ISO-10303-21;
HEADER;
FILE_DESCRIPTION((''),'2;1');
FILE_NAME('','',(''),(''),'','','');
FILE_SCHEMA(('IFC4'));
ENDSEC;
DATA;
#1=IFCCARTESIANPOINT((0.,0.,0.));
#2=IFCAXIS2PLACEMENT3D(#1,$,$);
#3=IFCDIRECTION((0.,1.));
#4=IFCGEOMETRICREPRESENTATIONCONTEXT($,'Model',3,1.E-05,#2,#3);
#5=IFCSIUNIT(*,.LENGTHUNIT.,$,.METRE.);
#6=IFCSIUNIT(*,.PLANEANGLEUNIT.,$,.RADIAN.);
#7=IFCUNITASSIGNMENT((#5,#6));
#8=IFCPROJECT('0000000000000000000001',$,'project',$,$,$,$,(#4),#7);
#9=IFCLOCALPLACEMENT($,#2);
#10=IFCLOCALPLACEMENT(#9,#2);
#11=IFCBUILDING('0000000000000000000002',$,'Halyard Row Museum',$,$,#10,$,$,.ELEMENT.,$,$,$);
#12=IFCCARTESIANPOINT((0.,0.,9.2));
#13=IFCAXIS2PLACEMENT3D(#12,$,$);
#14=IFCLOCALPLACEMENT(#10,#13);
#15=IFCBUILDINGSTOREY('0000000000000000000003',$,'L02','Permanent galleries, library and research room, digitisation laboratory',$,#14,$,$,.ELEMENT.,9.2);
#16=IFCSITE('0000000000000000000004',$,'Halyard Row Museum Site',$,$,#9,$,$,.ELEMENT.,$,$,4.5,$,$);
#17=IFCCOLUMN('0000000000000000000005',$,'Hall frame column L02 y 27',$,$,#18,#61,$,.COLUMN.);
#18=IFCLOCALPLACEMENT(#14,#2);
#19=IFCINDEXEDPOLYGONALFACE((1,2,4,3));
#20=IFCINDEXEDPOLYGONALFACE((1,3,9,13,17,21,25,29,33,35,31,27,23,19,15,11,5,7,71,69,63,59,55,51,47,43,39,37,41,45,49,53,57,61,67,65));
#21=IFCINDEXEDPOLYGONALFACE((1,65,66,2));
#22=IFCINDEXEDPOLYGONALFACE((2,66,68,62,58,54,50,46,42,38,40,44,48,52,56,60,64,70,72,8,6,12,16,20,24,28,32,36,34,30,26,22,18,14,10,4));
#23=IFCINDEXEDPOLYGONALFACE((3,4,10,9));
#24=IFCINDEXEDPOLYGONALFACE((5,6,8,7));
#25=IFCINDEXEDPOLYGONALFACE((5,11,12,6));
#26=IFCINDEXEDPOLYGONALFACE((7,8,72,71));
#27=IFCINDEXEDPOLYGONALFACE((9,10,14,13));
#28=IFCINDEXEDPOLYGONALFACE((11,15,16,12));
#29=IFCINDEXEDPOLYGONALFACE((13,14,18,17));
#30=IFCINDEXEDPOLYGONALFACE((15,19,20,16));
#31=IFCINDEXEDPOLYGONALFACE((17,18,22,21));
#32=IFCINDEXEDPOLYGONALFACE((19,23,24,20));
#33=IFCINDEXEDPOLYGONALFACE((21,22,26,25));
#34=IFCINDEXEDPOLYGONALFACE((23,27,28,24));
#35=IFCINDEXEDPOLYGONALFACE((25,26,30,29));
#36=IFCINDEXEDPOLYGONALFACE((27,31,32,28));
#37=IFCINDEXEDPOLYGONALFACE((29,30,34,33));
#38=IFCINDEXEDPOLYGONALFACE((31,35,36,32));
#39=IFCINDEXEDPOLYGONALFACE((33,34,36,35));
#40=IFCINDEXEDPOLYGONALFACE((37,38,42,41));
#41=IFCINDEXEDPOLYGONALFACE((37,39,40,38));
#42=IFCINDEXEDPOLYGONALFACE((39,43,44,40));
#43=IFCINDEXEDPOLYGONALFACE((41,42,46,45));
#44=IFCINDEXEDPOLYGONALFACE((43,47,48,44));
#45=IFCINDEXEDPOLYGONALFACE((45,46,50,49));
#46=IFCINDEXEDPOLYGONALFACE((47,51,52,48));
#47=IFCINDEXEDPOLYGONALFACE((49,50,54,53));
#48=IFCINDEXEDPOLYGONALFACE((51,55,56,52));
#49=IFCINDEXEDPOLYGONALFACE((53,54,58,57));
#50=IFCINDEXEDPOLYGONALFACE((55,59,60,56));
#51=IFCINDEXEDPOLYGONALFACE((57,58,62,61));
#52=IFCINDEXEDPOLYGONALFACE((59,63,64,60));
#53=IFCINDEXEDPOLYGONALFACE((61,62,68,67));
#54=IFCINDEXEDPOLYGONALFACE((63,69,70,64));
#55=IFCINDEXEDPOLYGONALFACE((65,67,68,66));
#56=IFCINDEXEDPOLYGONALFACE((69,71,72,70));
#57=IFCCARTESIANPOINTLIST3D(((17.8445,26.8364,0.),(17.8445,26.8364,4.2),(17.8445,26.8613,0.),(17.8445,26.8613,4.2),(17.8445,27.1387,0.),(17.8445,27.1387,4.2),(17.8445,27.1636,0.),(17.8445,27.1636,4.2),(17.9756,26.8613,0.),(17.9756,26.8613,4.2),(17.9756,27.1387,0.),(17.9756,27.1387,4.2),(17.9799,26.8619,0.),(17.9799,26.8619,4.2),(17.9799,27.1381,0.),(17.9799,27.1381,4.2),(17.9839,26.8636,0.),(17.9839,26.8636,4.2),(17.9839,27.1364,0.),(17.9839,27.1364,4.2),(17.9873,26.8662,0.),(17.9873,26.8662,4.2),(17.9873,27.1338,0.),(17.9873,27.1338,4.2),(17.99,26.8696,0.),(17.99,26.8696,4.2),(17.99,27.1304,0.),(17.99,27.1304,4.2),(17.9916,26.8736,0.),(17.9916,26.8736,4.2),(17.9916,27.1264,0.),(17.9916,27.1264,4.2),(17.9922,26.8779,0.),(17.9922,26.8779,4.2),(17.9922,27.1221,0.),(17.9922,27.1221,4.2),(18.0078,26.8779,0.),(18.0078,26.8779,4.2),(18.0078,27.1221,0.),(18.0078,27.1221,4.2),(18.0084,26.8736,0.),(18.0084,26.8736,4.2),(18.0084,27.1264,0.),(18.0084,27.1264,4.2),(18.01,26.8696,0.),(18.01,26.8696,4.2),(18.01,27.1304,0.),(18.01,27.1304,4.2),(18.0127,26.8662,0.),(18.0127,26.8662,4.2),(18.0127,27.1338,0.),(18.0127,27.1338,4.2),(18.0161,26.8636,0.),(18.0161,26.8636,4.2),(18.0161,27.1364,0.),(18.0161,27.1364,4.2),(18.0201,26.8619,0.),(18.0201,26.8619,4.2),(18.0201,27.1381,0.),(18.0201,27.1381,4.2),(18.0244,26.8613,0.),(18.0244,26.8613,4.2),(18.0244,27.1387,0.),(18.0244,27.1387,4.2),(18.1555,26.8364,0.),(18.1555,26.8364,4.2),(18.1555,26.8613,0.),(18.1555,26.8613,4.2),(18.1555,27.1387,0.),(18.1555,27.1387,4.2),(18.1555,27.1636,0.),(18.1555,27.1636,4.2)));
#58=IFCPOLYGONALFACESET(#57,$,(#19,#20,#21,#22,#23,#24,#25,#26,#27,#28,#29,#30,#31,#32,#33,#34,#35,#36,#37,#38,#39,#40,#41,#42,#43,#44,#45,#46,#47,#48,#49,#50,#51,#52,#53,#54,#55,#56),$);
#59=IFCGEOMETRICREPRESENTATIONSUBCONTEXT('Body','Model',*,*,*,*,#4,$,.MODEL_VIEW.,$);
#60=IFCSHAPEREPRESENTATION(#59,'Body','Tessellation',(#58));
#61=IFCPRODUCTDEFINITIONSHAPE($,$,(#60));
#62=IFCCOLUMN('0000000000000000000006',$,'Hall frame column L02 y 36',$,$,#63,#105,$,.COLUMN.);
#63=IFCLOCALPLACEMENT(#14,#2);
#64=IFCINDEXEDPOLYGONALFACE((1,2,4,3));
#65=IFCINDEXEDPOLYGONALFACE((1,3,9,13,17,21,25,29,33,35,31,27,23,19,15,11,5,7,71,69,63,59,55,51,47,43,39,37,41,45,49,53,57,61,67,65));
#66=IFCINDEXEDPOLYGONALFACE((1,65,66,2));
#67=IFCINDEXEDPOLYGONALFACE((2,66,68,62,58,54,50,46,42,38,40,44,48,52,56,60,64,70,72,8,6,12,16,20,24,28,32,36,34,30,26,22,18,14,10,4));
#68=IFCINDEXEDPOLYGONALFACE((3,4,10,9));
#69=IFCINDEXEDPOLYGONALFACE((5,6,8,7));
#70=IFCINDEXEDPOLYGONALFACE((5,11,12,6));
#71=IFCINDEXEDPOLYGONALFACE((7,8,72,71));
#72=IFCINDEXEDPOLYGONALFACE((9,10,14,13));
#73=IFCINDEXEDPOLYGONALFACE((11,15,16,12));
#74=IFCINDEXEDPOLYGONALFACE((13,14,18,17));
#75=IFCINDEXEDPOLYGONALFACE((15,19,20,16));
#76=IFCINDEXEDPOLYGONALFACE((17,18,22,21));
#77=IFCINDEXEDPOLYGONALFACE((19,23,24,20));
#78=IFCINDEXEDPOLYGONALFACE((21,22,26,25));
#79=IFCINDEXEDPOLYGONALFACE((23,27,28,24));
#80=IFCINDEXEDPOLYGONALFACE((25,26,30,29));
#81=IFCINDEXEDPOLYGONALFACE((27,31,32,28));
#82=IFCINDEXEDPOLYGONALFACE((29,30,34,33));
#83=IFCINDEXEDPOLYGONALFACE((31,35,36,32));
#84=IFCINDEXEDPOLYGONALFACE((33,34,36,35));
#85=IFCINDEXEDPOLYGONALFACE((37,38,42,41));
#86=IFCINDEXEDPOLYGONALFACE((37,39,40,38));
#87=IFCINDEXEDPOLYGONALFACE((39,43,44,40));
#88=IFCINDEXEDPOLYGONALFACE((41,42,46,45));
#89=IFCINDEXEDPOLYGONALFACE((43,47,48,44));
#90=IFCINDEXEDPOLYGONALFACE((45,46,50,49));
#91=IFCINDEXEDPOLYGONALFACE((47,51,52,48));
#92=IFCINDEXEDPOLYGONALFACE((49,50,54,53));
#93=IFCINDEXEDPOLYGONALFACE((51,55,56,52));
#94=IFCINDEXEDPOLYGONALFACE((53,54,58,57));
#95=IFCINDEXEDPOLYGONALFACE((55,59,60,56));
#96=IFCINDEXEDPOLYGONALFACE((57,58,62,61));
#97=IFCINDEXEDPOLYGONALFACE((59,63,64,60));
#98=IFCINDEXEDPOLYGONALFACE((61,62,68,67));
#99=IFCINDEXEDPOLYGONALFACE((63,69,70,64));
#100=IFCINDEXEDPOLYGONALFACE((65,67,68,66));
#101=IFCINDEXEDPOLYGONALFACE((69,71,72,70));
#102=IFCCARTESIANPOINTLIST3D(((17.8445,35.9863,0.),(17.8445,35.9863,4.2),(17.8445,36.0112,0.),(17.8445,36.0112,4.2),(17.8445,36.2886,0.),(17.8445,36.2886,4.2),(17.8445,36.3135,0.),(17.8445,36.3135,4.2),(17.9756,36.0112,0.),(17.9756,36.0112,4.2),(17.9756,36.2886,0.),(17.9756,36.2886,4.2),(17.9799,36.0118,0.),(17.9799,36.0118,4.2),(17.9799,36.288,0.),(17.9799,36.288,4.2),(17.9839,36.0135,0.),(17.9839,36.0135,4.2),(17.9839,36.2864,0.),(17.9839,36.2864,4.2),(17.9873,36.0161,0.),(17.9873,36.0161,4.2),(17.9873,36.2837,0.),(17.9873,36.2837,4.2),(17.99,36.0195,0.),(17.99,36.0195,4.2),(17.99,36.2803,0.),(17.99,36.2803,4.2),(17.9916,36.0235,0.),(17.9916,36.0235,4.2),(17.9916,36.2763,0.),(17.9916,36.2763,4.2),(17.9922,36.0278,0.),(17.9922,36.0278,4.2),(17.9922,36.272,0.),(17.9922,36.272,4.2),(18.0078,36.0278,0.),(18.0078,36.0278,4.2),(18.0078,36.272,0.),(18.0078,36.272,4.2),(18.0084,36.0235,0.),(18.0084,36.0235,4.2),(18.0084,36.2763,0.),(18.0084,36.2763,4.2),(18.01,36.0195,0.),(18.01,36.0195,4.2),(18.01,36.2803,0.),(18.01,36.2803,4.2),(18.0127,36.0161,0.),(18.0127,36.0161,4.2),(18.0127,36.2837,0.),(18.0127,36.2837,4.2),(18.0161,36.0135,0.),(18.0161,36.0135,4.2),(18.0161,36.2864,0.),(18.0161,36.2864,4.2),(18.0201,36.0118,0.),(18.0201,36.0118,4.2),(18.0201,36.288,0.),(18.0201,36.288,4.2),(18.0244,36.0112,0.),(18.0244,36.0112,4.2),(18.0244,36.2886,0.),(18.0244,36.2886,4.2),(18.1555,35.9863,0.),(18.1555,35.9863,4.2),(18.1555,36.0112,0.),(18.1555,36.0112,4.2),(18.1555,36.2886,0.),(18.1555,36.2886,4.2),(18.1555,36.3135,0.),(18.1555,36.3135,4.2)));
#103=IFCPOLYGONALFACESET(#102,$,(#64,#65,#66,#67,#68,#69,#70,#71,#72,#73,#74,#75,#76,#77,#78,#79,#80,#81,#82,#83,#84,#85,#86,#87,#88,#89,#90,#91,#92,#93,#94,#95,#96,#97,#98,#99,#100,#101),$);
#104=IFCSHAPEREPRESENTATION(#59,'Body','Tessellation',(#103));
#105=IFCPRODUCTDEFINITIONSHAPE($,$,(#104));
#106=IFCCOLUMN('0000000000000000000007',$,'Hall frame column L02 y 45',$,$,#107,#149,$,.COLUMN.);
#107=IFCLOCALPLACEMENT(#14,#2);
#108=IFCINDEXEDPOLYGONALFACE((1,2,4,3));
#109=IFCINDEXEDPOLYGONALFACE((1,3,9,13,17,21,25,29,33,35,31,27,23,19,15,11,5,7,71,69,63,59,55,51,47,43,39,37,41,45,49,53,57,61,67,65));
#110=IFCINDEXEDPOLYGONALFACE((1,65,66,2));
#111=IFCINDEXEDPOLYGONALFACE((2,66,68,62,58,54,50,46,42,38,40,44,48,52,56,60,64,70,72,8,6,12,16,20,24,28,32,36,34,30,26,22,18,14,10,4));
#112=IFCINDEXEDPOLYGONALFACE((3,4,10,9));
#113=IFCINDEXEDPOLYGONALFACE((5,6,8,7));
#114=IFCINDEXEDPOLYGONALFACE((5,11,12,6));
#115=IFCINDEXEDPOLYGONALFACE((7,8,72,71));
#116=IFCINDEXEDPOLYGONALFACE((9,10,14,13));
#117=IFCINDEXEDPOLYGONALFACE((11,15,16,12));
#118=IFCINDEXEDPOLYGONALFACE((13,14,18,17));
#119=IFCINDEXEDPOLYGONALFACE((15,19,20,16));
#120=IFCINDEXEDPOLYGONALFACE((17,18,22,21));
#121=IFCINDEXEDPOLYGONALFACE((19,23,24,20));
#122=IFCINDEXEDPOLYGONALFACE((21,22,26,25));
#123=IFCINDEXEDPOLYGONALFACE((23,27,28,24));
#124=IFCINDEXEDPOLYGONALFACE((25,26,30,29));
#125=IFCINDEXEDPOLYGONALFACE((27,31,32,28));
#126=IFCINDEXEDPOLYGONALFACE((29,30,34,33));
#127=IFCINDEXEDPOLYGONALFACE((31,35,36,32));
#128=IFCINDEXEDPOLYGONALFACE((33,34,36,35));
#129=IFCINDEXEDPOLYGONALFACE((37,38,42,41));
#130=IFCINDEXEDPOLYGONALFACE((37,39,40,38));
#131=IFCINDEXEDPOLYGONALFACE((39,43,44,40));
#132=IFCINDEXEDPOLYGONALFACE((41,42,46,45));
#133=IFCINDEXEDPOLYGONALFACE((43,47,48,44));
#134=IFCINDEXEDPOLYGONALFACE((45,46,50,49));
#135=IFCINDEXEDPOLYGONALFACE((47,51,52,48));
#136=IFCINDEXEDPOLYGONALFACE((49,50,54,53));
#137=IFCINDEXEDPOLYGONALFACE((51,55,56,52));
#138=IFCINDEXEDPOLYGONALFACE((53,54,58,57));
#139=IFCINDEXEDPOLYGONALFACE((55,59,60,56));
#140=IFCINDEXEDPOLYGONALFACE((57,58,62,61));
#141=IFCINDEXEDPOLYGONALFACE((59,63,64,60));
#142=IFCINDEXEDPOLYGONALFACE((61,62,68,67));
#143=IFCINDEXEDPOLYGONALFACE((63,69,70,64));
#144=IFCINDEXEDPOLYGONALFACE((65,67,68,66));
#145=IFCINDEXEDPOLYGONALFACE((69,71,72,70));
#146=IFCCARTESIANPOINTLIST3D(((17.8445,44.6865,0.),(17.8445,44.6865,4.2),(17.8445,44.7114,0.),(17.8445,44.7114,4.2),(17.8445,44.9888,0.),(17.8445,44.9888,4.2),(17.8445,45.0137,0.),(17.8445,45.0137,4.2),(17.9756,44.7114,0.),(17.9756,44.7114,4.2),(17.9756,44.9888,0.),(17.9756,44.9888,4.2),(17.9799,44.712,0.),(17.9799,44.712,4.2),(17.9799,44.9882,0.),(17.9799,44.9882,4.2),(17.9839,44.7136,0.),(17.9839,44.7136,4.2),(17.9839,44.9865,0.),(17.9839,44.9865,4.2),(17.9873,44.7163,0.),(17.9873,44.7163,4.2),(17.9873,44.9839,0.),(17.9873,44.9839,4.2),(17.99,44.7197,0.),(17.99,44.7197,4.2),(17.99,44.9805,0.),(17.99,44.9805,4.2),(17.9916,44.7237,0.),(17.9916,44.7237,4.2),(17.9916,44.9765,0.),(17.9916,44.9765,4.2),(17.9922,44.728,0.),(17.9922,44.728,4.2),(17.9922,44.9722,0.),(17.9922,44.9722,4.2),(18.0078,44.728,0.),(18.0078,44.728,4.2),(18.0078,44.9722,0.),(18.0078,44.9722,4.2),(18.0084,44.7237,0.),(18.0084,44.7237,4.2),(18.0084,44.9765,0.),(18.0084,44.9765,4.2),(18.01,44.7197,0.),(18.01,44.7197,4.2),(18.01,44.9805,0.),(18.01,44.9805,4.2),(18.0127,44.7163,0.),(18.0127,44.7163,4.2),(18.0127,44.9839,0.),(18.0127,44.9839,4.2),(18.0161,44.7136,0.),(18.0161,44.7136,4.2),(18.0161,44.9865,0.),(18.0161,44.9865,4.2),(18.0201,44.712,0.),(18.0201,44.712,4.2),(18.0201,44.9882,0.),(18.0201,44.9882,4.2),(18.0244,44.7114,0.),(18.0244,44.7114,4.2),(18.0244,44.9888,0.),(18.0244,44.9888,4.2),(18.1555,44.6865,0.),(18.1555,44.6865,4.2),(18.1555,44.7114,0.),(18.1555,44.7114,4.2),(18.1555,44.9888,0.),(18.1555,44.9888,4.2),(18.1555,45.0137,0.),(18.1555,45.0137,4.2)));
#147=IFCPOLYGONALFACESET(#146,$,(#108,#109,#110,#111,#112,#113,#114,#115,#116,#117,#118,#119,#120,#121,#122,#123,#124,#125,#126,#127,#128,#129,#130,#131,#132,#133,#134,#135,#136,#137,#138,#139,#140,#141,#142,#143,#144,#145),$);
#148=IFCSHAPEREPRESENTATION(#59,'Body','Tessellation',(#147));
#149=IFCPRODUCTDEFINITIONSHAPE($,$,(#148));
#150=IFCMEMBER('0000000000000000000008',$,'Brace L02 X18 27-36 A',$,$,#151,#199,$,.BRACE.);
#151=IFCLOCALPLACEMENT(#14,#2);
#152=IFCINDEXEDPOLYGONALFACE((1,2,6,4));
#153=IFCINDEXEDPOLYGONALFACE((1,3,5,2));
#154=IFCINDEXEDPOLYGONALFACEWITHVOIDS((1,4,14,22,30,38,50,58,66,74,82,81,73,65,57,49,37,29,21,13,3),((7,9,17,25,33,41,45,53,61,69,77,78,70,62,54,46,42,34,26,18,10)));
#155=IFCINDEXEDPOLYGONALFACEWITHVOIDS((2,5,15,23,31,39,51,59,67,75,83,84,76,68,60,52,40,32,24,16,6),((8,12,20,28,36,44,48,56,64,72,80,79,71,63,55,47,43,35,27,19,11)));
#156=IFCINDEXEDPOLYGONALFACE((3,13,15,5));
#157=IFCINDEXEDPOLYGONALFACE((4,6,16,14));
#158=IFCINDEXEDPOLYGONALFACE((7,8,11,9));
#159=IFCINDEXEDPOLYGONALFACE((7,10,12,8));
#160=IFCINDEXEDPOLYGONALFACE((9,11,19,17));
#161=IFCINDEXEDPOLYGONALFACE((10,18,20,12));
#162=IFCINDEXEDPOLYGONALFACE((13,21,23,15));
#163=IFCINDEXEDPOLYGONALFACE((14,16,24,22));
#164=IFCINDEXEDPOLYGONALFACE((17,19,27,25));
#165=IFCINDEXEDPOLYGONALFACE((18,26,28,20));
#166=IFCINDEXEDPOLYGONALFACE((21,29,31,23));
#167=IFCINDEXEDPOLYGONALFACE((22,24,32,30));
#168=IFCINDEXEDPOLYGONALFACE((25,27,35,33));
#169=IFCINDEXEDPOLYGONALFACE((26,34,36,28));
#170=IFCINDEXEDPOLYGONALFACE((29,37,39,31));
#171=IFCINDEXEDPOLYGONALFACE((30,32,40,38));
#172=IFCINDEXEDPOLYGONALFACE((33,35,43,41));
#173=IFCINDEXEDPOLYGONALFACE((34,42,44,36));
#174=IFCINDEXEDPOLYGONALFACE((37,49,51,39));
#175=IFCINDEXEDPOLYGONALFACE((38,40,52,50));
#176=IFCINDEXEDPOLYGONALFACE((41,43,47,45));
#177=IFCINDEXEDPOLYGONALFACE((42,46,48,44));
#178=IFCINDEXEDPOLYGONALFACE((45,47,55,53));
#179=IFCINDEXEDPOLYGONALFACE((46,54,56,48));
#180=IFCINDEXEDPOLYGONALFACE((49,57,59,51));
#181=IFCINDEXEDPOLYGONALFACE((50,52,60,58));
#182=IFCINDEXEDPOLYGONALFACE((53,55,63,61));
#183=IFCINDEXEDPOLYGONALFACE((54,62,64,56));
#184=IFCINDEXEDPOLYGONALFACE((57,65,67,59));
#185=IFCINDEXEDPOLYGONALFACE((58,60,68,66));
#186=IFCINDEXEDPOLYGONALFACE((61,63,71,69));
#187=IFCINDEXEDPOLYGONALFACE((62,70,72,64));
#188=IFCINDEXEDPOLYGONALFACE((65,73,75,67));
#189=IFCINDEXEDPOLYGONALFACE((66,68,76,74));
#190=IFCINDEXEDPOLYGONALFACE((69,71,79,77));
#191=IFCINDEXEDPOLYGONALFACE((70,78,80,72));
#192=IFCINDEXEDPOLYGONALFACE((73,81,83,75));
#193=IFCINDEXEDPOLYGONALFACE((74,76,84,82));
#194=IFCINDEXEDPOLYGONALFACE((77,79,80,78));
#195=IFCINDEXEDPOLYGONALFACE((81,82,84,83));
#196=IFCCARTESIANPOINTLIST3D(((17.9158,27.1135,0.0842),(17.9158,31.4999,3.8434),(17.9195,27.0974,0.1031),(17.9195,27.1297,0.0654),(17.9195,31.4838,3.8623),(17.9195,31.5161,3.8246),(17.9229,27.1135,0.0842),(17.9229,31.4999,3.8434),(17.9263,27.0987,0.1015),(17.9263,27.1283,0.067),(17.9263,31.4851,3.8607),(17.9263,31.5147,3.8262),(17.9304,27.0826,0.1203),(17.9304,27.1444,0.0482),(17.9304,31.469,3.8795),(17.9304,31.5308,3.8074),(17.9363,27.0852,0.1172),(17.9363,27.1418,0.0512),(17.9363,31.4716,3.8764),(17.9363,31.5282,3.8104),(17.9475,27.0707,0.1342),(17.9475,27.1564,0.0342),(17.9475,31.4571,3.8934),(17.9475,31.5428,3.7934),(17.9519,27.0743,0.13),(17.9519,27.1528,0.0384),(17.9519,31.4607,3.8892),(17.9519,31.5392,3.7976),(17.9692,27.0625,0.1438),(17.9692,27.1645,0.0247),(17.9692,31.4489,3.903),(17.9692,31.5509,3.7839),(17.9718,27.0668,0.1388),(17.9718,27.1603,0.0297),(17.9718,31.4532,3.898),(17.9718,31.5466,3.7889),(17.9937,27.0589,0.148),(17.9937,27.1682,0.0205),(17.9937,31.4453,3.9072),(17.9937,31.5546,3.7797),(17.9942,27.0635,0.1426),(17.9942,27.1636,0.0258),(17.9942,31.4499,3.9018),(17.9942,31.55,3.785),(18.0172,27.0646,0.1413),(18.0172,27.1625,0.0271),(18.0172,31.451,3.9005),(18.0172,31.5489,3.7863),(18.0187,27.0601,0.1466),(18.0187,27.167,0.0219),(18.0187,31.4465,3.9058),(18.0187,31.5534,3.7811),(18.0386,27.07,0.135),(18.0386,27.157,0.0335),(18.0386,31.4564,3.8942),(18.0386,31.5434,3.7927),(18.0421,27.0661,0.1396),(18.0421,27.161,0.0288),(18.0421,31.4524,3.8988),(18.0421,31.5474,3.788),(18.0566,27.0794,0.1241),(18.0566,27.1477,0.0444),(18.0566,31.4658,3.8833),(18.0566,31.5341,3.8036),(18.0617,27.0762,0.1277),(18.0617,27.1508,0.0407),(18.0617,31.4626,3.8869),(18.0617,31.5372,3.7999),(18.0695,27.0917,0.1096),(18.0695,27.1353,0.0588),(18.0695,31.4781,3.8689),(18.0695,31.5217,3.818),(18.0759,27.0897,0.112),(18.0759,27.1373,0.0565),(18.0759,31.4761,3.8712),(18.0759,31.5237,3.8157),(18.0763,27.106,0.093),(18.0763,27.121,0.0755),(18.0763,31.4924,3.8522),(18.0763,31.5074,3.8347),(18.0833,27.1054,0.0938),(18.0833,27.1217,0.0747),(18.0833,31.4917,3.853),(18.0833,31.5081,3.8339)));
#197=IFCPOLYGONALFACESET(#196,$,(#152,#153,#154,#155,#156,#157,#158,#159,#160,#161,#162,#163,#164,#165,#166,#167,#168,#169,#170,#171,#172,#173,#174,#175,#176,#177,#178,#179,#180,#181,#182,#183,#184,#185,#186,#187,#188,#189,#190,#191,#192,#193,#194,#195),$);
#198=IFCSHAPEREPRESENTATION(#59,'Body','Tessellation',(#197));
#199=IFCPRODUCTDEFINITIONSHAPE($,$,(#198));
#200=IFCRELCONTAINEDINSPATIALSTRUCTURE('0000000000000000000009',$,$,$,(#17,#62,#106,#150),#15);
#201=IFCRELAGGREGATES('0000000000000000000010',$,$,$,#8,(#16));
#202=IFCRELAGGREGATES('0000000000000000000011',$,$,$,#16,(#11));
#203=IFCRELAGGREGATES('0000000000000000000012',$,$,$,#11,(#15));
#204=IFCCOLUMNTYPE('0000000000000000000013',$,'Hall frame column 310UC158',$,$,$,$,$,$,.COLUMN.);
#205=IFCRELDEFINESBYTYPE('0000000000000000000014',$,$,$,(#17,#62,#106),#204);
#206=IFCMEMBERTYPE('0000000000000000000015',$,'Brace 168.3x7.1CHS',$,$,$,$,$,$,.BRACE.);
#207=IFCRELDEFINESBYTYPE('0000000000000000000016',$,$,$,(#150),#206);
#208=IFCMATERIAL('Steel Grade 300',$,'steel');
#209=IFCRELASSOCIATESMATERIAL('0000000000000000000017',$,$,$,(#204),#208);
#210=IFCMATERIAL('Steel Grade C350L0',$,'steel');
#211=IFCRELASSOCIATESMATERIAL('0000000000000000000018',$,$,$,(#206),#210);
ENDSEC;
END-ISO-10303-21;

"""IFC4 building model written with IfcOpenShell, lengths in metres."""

from ifc_helpers import new_model, si_unit, direction, frame, origin, origin_2d, place, context, subcontext, project, spatial, hollow_circle, i_section, extrude, material, material_profile, profile_set, type_object, element, save


model = new_model("IFC4")

# Units and contexts
model_context = context("Model", 3, precision=1e-05, world=origin(), true_north=direction((0.0, 1.0)))
body_context = subcontext(model_context, "Body", "Model", "MODEL_VIEW")
ifc_project = project(units=[si_unit("LENGTHUNIT", "METRE"), si_unit("PLANEANGLEUNIT", "RADIAN")], contexts=[model_context])

# Site, building, storey
site_placement = place(None, origin())
site = spatial("IfcSite", under=ifc_project, at=site_placement, Name="Halyard Row Museum Site", CompositionType="ELEMENT", RefElevation=4.5)
building_placement = place(site_placement, origin())
building = spatial("IfcBuilding", under=site, at=building_placement, Name="Halyard Row Museum", CompositionType="ELEMENT")
storey_placement = place(building_placement, frame((0.0, 0.0, 9.2)))
storey = spatial("IfcBuildingStorey", under=building, at=storey_placement, Name="L02", Description="Permanent galleries, library and research room, digitisation laboratory", CompositionType="ELEMENT", Elevation=9.2)

# Columns
ifc_material_1 = material(Name="Steel Grade 300", Category="steel")
ifc_material_profile_1 = material_profile(ifc_material_1, i_section(OverallWidth=0.311, OverallDepth=0.3271, WebThickness=0.0156, FlangeThickness=0.0249, FilletRadius=0.0166, at=origin_2d()), Name="310UC158")
ifc_profile_set_1 = profile_set([ifc_material_profile_1], Name="Steel Grade 300")
column_type = type_object("IfcColumnType", Name="Hall frame column 310UC158", PredefinedType="COLUMN", material=ifc_profile_set_1)
for number, where, z_axis, x_axis, name in (
    (1, (18.0, 27.0, 0.0), (0.0, 0.0, 1.0), (1.0, 0.0, 0.0), "Hall frame column L02 y 27"),
    (2, (18.0, 36.1499, 0.0), (0.0, 0.0, 1.0), (1.0, 0.0, 0.0), "Hall frame column L02 y 36"),
    (3, (18.0, 44.8501, 0.0), (0.0, 0.0, 1.0), (1.0, 0.0, 0.0), "Hall frame column L02 y 45"),
):
    element("IfcColumn", number, at=place(storey_placement, frame(where, z_axis=z_axis, x_axis=x_axis)), inside=storey, type_object=column_type, Name=name, PredefinedType="COLUMN", context=body_context, shape_type="SweptSolid", body=[
        extrude(i_section(OverallWidth=0.311, OverallDepth=0.3271, WebThickness=0.0156, FlangeThickness=0.0249, FilletRadius=0.0166, at=origin_2d()), origin(), (0.0, 0.0, 1.0), 4.2),
    ])

# Member
ifc_material_2 = material(Name="Steel Grade C350L0", Category="steel")
ifc_material_profile_2 = material_profile(ifc_material_2, hollow_circle(Radius=0.0842, WallThickness=0.0071, at=origin_2d()), Name="168.3x7.1CHS")
ifc_profile_set_2 = profile_set([ifc_material_profile_2], Name="Steel Grade C350L0")
member_type_1 = type_object("IfcMemberType", Name="Brace 168.3x7.1CHS", PredefinedType="BRACE", material=ifc_profile_set_2)
member_1_placement = place(storey_placement, frame((18.0, 27.1135, 0.0842), z_axis=(0.0, 0.759304, 0.650736), x_axis=(-1.0, 0.0, 0.0)))
element("IfcMember", 4, at=member_1_placement, inside=storey, type_object=member_type_1, Name="Brace L02 X18 27-36 A", PredefinedType="BRACE", context=body_context, shape_type="SweptSolid", body=[
    extrude(hollow_circle(Radius=0.0842, WallThickness=0.0071, at=origin_2d()), origin(), (0.0, 0.0, 1.0), 5.7769),
])

save(model, "model.ifc")
